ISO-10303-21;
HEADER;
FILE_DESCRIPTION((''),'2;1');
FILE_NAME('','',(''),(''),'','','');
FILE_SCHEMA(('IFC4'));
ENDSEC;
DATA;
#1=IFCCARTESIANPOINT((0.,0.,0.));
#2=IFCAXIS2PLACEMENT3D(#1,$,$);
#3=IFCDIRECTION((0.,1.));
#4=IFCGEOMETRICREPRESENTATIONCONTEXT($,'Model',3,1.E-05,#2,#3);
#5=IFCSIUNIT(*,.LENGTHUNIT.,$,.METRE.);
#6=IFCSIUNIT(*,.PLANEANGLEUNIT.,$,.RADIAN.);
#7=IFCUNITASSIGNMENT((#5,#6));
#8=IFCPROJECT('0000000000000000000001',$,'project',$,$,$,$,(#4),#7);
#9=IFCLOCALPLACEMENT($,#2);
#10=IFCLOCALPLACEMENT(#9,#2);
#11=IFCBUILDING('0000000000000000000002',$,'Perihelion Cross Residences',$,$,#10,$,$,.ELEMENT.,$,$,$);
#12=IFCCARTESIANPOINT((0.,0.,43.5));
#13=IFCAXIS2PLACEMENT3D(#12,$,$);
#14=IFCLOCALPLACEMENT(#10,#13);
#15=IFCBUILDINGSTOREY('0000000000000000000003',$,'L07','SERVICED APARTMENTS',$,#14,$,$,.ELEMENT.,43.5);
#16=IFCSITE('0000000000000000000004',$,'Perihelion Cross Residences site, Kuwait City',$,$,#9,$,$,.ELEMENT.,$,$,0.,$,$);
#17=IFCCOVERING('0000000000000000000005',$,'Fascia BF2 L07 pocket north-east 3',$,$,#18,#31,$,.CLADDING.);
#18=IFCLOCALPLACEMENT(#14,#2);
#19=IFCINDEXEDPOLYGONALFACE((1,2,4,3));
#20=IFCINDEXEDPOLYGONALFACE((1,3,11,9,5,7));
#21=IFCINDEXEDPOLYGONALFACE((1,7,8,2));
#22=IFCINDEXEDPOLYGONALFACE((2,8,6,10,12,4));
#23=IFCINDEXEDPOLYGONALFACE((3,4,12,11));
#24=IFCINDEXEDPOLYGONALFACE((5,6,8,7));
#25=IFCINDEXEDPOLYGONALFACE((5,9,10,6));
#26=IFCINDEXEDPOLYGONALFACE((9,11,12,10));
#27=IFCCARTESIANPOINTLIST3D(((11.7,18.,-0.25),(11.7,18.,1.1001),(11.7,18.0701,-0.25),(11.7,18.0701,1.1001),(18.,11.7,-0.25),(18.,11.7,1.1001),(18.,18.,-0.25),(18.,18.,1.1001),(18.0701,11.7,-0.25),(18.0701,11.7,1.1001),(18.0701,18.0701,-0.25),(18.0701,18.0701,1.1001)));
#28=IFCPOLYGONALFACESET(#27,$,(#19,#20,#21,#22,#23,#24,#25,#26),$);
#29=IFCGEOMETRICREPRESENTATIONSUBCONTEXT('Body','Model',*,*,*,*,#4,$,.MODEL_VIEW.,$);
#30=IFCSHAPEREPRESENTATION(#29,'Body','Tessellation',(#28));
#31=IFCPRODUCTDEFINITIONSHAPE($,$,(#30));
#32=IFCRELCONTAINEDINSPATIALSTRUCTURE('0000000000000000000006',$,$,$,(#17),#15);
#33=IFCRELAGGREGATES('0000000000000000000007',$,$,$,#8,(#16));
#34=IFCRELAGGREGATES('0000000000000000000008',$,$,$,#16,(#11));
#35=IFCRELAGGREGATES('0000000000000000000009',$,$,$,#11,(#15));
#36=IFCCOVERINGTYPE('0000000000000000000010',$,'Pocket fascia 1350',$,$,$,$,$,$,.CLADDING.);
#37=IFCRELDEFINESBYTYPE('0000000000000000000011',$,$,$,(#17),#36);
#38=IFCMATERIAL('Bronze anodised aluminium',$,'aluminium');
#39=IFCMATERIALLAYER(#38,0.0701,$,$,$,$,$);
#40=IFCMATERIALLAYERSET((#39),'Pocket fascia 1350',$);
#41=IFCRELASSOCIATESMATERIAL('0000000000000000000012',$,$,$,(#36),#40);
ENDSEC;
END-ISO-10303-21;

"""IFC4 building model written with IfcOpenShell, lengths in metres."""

from ifc_helpers import new_model, si_unit, direction, frame, origin, place, context, subcontext, project, spatial, polyline, outline, extrude, material, layer, layer_set, type_object, element, save


model = new_model("IFC4")

# Units and contexts
model_context = context("Model", 3, precision=1e-05, world=origin(), true_north=direction((0.0, 1.0)))
body_context = subcontext(model_context, "Body", "Model", "MODEL_VIEW")
ifc_project = project(units=[si_unit("LENGTHUNIT", "METRE"), si_unit("PLANEANGLEUNIT", "RADIAN")], contexts=[model_context])

# Site, building, storey
site_placement = place(None, origin())
site = spatial("IfcSite", under=ifc_project, at=site_placement, Name="Perihelion Cross Residences site, Kuwait City", CompositionType="ELEMENT", RefElevation=0.0)
building_placement = place(site_placement, origin())
building = spatial("IfcBuilding", under=site, at=building_placement, Name="Perihelion Cross Residences", CompositionType="ELEMENT")
storey_placement = place(building_placement, frame((0.0, 0.0, 43.5)))
storey = spatial("IfcBuildingStorey", under=building, at=storey_placement, Name="L07", Description="SERVICED APARTMENTS", CompositionType="ELEMENT", Elevation=43.5)

# Covering
ifc_material_1 = material(Name="Bronze anodised aluminium", Category="aluminium")
ifc_layer_1 = layer(ifc_material_1, 0.0701)
ifc_layer_set_1 = layer_set([ifc_layer_1], Name="Pocket fascia 1350")
covering_type_1 = type_object("IfcCoveringType", Name="Pocket fascia 1350", PredefinedType="CLADDING", material=ifc_layer_set_1)
covering_1_placement = place(storey_placement, frame((0.0, 0.0, -0.25)))
element("IfcCovering", 1, at=covering_1_placement, inside=storey, type_object=covering_type_1, Name="Fascia BF2 L07 pocket north-east 3", PredefinedType="CLADDING", context=body_context, shape_type="SweptSolid", body=[
    extrude(outline(polyline([(18.0701, 18.0701), (11.7, 18.0701), (11.7, 18.0), (18.0, 18.0), (18.0, 11.7), (18.0701, 11.7), (18.0701, 18.0701)])), origin(), (0.0, 0.0, 1.0), 1.3501),
])

save(model, "model.ifc")
